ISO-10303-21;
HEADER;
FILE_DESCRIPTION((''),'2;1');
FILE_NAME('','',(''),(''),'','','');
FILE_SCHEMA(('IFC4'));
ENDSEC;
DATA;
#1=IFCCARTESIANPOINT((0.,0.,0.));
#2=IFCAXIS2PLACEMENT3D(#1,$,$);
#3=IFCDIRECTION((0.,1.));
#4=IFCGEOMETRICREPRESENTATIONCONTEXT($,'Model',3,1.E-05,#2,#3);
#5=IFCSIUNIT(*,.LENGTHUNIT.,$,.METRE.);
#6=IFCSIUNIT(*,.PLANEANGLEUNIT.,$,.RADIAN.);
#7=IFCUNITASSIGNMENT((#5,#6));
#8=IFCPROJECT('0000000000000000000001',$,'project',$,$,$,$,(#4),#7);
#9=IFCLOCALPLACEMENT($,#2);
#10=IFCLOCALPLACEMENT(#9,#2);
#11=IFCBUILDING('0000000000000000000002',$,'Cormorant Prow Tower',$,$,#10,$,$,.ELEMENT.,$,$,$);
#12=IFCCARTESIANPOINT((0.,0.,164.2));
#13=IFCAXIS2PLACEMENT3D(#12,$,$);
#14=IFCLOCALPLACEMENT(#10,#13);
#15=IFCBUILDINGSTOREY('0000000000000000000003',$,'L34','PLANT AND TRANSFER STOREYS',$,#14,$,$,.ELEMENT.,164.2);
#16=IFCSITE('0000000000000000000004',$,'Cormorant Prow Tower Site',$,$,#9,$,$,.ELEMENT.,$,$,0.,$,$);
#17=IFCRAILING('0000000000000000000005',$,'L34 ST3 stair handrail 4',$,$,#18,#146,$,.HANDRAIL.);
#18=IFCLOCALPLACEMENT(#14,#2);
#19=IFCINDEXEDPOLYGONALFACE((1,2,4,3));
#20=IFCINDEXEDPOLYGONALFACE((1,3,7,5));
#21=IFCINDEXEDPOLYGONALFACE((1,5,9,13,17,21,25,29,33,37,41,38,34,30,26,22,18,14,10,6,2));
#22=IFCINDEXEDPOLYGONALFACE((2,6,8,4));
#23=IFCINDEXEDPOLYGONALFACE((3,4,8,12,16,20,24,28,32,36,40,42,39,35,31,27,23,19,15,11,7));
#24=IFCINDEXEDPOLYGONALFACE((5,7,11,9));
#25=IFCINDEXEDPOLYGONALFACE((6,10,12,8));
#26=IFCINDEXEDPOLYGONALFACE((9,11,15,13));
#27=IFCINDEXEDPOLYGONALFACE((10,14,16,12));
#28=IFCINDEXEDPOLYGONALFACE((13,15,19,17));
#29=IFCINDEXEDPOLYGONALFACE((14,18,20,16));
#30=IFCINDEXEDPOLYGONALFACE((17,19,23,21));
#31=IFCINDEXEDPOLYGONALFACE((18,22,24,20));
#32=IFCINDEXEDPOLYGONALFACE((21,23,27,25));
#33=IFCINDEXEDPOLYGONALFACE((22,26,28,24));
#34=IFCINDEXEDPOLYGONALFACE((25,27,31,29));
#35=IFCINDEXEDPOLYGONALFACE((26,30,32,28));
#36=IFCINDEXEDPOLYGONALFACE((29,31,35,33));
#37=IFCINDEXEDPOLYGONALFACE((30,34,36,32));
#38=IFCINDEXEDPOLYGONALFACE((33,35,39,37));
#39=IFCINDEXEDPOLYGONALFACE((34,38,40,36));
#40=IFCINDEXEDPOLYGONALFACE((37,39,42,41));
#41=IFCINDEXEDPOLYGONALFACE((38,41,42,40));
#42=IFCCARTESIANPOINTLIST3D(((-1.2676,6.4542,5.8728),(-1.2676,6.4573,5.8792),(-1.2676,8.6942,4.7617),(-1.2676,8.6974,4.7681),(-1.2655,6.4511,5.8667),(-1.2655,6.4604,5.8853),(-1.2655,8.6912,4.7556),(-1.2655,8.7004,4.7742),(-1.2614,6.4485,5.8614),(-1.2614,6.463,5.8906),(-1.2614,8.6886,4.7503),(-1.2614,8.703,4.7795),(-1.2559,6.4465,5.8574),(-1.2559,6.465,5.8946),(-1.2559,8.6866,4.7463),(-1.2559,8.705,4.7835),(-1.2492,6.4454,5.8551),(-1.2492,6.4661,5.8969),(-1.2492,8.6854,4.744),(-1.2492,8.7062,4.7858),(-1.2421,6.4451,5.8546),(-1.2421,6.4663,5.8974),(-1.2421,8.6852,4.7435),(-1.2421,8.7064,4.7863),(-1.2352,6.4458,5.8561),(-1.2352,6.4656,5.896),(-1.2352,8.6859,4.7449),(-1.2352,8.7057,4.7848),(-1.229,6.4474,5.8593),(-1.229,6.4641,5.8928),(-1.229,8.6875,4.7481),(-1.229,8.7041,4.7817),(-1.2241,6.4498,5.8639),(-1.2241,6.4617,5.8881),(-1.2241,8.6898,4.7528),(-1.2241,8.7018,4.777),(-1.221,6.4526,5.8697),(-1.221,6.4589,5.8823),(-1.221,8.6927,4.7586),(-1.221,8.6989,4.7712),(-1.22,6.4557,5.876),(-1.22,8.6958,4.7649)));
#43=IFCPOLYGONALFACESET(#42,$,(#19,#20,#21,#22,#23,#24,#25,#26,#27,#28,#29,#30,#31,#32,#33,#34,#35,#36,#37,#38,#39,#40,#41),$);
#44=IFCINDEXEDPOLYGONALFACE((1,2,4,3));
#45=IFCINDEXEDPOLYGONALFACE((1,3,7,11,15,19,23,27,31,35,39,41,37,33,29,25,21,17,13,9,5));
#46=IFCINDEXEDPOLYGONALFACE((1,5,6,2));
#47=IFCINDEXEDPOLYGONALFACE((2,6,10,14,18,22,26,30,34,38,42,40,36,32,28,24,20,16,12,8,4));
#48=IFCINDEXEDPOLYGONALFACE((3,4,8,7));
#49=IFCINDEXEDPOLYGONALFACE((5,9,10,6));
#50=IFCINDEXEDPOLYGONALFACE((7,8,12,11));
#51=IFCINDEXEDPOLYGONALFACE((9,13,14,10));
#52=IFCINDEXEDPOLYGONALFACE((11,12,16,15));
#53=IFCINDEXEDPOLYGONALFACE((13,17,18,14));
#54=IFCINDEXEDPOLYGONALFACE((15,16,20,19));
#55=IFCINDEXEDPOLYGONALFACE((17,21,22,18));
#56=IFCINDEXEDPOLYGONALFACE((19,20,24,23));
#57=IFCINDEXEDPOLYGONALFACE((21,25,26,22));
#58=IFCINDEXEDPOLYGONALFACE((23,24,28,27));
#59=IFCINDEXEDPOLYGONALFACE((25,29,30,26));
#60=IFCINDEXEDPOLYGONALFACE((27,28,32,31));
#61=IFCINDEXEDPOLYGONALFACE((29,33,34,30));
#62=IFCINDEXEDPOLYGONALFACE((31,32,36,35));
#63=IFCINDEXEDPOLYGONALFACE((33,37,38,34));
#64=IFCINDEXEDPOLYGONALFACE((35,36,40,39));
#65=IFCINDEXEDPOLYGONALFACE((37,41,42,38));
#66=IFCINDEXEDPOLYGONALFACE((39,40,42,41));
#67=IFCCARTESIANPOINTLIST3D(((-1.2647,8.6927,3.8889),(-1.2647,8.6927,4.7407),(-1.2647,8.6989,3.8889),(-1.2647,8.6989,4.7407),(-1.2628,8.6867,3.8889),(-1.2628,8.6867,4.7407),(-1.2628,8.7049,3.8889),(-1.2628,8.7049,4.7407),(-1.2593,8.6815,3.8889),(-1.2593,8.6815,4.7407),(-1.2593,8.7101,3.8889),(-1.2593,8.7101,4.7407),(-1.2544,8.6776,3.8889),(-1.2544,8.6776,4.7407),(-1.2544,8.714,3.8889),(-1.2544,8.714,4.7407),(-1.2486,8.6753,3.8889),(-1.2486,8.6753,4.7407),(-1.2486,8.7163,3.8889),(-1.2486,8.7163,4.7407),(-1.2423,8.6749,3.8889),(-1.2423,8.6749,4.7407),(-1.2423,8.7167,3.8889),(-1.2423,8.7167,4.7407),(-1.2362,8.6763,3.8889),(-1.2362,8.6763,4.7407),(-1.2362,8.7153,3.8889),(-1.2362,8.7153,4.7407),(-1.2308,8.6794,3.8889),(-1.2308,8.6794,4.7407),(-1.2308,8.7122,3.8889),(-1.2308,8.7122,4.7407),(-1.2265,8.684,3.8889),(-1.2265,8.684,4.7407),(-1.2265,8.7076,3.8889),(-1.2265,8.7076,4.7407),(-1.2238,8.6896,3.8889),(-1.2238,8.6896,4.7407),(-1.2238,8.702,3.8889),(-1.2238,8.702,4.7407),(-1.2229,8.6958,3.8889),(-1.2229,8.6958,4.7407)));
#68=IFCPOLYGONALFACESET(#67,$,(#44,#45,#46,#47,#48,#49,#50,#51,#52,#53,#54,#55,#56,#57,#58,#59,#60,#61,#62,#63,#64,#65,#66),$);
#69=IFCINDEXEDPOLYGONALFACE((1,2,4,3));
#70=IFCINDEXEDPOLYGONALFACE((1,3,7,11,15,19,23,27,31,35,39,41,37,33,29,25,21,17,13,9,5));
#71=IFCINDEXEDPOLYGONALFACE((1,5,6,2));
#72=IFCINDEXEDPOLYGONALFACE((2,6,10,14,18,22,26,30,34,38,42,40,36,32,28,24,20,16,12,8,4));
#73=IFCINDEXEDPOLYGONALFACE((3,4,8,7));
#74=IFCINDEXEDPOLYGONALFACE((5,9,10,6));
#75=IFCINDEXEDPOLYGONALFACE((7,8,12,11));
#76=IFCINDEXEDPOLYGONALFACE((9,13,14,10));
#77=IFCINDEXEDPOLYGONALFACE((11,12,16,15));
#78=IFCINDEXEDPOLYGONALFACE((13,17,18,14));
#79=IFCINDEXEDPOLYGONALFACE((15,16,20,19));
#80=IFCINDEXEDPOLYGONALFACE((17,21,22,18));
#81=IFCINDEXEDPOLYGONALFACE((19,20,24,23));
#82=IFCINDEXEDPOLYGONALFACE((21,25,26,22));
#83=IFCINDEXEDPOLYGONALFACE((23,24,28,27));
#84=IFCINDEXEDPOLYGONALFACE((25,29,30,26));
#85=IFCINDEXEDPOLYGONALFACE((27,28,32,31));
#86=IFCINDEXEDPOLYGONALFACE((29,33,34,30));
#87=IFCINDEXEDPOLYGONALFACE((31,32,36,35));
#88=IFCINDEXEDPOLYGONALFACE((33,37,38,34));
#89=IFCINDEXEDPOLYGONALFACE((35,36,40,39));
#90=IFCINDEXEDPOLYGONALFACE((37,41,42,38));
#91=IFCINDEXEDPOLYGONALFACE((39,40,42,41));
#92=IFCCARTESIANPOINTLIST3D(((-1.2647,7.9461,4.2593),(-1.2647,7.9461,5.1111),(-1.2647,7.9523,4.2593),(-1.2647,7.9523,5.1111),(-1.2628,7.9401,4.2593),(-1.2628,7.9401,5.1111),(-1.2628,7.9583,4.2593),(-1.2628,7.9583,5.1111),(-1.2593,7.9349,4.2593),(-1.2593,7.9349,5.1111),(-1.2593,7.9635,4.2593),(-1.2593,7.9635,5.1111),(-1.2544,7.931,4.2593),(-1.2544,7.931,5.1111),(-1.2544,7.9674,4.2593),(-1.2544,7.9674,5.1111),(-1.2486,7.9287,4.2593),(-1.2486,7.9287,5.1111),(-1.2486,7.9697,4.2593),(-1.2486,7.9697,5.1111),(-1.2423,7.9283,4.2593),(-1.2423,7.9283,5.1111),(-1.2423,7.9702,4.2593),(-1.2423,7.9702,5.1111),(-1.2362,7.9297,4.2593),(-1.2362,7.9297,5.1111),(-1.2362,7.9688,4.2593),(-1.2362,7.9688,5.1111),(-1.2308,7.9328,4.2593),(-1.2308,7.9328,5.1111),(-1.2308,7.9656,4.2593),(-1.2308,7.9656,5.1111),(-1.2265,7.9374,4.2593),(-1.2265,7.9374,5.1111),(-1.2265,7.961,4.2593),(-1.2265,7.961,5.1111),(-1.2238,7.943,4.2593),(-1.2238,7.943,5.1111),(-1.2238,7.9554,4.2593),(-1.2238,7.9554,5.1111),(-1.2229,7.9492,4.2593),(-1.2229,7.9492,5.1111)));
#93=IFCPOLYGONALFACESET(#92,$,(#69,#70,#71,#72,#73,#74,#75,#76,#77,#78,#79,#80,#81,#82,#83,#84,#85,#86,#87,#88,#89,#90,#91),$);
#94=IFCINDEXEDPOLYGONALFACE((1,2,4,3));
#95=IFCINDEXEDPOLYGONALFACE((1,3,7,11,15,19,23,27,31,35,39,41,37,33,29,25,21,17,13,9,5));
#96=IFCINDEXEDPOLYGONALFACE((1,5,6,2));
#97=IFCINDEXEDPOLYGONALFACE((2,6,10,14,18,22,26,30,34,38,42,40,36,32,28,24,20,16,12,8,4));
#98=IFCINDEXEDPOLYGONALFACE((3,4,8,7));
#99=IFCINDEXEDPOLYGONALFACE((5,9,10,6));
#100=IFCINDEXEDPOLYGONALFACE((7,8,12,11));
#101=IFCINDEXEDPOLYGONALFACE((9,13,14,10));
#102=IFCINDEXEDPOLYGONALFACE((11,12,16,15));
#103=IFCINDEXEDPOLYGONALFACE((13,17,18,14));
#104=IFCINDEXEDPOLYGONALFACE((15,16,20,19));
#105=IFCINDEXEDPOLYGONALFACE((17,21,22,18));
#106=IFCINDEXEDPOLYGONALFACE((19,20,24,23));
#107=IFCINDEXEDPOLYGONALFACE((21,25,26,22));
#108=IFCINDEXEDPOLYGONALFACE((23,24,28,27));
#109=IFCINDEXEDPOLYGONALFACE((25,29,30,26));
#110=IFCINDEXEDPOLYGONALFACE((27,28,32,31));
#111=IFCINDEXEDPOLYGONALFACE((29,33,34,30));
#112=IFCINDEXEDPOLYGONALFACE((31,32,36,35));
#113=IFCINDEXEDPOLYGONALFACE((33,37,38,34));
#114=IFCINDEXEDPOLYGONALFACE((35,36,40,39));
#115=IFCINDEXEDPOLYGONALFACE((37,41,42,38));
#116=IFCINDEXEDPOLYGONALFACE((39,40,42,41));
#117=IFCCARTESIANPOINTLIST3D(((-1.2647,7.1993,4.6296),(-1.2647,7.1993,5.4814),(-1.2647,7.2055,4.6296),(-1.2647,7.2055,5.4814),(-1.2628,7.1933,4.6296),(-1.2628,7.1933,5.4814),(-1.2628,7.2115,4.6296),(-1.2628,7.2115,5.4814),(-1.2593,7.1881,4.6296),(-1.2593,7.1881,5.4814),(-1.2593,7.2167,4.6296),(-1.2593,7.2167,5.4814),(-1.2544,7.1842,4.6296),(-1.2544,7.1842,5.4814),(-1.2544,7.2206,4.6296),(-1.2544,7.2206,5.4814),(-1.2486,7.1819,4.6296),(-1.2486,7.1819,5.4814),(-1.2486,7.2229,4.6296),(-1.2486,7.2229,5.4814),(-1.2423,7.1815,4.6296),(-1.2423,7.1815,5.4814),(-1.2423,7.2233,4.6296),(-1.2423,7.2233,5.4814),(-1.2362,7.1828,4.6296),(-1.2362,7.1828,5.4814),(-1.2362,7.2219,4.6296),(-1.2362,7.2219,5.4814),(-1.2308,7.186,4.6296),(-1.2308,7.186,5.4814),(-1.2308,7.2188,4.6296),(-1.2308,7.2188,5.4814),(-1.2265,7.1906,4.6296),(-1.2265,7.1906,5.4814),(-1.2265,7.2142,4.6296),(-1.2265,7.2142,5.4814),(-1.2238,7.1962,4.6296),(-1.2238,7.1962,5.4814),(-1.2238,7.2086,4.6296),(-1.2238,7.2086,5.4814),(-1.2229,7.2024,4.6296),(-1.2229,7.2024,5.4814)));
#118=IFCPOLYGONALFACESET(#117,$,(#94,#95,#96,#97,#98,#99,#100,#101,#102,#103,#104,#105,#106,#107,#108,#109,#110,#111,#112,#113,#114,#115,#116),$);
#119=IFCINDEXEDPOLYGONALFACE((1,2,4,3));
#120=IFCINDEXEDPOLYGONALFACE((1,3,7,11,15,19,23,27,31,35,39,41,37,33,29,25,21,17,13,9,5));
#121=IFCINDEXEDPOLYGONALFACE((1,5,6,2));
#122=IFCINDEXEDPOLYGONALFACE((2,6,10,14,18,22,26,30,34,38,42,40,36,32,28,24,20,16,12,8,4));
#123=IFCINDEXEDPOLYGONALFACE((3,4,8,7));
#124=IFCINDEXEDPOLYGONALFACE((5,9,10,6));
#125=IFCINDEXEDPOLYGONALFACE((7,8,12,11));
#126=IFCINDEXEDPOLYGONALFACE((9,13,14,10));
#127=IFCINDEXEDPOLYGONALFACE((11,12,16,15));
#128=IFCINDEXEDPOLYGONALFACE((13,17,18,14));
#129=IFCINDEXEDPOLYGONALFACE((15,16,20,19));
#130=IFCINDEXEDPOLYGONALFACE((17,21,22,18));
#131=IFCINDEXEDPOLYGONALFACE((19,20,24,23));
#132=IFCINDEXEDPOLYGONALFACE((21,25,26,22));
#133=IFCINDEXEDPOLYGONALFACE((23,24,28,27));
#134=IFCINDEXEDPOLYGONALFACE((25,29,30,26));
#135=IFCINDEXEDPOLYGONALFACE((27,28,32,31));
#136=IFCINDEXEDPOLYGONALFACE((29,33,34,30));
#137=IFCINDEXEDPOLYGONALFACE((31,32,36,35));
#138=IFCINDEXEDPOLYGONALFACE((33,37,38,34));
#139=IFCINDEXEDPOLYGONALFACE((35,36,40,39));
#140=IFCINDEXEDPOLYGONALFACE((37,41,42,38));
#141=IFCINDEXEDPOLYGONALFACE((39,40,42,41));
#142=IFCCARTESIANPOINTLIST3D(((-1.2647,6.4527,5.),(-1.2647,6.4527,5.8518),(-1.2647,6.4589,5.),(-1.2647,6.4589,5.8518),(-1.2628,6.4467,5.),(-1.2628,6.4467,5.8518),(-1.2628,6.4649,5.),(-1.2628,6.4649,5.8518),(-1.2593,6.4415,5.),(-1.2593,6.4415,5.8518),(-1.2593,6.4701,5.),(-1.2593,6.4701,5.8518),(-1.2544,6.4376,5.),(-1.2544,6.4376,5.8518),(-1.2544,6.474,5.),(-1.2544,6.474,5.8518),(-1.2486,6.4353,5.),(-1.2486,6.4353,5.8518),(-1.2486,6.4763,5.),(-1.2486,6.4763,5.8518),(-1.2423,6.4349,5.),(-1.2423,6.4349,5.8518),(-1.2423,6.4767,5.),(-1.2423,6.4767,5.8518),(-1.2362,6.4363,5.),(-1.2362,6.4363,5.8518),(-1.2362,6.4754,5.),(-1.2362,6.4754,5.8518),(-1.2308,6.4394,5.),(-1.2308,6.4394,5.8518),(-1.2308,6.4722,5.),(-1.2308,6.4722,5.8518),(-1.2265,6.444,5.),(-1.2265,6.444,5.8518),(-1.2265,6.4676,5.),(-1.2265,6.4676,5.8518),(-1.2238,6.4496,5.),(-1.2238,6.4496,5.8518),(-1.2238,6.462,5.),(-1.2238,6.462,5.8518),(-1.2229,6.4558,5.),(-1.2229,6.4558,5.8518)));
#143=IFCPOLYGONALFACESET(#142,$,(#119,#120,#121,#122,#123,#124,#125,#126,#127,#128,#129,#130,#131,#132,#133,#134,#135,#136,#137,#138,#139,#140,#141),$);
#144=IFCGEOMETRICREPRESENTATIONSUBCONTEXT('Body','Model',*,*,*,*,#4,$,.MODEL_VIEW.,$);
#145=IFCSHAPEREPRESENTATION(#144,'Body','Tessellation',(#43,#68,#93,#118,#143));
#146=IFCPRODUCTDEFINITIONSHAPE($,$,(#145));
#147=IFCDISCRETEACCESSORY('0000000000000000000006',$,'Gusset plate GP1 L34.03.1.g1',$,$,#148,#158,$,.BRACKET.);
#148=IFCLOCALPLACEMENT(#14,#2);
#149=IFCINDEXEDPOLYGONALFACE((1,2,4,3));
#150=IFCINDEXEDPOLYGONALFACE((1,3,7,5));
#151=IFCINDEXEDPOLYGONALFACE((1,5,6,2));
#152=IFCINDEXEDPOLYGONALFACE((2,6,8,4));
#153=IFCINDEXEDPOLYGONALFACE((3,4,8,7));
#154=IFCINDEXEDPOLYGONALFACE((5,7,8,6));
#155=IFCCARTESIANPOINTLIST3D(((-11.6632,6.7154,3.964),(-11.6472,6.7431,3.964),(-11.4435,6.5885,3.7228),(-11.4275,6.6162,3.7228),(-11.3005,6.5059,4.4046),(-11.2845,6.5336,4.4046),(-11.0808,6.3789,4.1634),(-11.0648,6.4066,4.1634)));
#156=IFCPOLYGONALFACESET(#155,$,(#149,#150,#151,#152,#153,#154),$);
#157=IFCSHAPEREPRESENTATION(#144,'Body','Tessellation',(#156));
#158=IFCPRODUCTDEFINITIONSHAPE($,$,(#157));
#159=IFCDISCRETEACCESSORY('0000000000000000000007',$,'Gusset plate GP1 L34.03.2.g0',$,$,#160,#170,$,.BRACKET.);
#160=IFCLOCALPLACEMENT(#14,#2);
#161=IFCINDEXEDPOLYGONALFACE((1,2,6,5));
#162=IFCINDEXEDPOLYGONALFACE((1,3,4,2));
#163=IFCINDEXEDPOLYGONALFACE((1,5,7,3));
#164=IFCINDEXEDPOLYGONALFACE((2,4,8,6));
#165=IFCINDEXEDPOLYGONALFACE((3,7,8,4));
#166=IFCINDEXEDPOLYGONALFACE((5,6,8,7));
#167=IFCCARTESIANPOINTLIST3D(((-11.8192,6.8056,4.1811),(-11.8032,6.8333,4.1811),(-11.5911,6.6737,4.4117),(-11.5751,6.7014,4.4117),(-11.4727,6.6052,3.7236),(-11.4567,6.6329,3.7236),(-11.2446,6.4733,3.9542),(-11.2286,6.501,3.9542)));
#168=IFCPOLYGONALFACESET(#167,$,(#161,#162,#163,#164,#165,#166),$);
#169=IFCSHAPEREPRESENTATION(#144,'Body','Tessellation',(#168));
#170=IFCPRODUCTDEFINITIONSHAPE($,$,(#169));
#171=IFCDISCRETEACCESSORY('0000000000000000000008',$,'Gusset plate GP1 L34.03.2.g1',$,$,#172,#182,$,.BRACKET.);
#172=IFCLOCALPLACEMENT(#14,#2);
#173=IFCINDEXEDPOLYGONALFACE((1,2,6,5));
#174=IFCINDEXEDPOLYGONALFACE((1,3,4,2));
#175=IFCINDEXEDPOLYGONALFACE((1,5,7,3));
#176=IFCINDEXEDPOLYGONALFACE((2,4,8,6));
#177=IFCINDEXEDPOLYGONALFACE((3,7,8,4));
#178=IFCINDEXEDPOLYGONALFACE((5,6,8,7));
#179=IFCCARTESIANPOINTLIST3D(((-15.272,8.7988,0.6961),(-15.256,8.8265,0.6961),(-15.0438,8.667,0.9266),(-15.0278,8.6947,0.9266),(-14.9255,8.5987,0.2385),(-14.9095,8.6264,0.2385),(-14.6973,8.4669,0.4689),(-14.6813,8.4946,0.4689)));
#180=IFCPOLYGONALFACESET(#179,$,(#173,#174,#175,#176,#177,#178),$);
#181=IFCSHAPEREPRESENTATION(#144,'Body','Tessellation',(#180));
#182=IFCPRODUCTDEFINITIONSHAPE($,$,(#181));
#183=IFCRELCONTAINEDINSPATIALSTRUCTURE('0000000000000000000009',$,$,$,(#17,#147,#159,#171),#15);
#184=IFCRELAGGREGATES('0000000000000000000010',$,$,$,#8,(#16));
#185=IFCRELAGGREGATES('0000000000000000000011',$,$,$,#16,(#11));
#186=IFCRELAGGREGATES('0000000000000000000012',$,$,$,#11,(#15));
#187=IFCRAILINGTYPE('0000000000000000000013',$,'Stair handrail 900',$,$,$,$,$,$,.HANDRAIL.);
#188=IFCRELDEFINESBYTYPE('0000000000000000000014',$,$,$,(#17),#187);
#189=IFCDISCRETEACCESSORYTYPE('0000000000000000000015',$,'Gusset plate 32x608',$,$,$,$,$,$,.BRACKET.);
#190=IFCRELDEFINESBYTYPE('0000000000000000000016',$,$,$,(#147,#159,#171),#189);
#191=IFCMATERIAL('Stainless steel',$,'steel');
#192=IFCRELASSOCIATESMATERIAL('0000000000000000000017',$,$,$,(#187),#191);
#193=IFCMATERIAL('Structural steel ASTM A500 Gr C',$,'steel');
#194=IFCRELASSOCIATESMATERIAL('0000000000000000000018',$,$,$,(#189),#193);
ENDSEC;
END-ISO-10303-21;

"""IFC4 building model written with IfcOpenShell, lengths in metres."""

from ifc_helpers import new_model, si_unit, direction, frame, origin, origin_2d, place, context, subcontext, project, spatial, rectangle, circle, extrude, material, material_profile, profile_set, type_object, element, save


model = new_model("IFC4")

# Units and contexts
model_context = context("Model", 3, precision=1e-05, world=origin(), true_north=direction((0.0, 1.0)))
body_context = subcontext(model_context, "Body", "Model", "MODEL_VIEW")
ifc_project = project(units=[si_unit("LENGTHUNIT", "METRE"), si_unit("PLANEANGLEUNIT", "RADIAN")], contexts=[model_context])

# Site, building, storey
site_placement = place(None, origin())
site = spatial("IfcSite", under=ifc_project, at=site_placement, Name="Cormorant Prow Tower Site", CompositionType="ELEMENT", RefElevation=0.0)
building_placement = place(site_placement, origin())
building = spatial("IfcBuilding", under=site, at=building_placement, Name="Cormorant Prow Tower", CompositionType="ELEMENT")
storey_placement = place(building_placement, frame((0.0, 0.0, 164.2)))
storey = spatial("IfcBuildingStorey", under=building, at=storey_placement, Name="L34", Description="PLANT AND TRANSFER STOREYS", CompositionType="ELEMENT", Elevation=164.2)

# Railing
ifc_material_1 = material(Name="Stainless steel", Category="steel")
railing_type = type_object("IfcRailingType", Name="Stair handrail 900", PredefinedType="HANDRAIL", material=ifc_material_1)
for number, where, name in (
    (1, (-1.2439, 8.6958, 3.8889), "L34 ST3 stair handrail 4"),
):
    element("IfcRailing", number, at=place(storey_placement, frame(where)), inside=storey, type_object=railing_type, Name=name, PredefinedType="HANDRAIL", context=body_context, shape_type="SweptSolid", body=[
        extrude(circle(Radius=0.0239, at=origin_2d()), frame((0.0, 0.0, 0.876), z_axis=(0.0, -0.895848, 0.44436), x_axis=(1.0, 0.0, 0.0)), (0.0, 0.0, 1.0), 2.5005),
        extrude(circle(Radius=0.021, at=origin_2d()), origin(), (0.0, 0.0, 1.0), 0.8518),
        extrude(circle(Radius=0.021, at=origin_2d()), frame((0.0, -0.7466, 0.3704)), (0.0, 0.0, 1.0), 0.8518),
        extrude(circle(Radius=0.021, at=origin_2d()), frame((0.0, -1.4934, 0.7407)), (0.0, 0.0, 1.0), 0.8518),
        extrude(circle(Radius=0.021, at=origin_2d()), frame((0.0, -2.24, 1.1111)), (0.0, 0.0, 1.0), 0.8518),
    ])

# Discrete accessories
ifc_material_2 = material(Name="Structural steel ASTM A500 Gr C", Category="steel")
ifc_material_profile_1 = material_profile(ifc_material_2, rectangle(XDim=0.032, YDim=0.6079, at=origin_2d()), Name="Gusset plate 32x608")
ifc_profile_set_1 = profile_set([ifc_material_profile_1], Name="Structural steel ASTM A500 Gr C")
discrete_accessory_type = type_object("IfcDiscreteAccessoryType", Name="Gusset plate 32x608", PredefinedType="BRACKET", material=ifc_profile_set_1)
for number, where, z_axis, x_axis, name in (
    (2, (-11.2542, 6.4976, 3.9431), (-0.627586, 0.362605, 0.68895), (-0.500278, -0.865865, 0.0), "Gusset plate GP1 L34.03.1.g1"),
    (3, (-11.6379, 6.7192, 3.9524), (0.651525, -0.376685, 0.658501), (0.500525, 0.865722, 0.0), "Gusset plate GP1 L34.03.2.g0"),
    (4, (-14.8625, 8.5808, 0.6978), (-0.651926, 0.376514, -0.658202), (-0.500123, -0.865954, 0.0), "Gusset plate GP1 L34.03.2.g1"),
):
    element("IfcDiscreteAccessory", number, at=place(storey_placement, frame(where, z_axis=z_axis, x_axis=x_axis)), inside=storey, type_object=discrete_accessory_type, Name=name, PredefinedType="BRACKET", context=body_context, shape_type="SweptSolid", body=[
        extrude(rectangle(XDim=0.032, YDim=0.6079, at=origin_2d()), origin(), (0.0, 0.0, 1.0), 0.3501),
    ])

save(model, "model.ifc")
